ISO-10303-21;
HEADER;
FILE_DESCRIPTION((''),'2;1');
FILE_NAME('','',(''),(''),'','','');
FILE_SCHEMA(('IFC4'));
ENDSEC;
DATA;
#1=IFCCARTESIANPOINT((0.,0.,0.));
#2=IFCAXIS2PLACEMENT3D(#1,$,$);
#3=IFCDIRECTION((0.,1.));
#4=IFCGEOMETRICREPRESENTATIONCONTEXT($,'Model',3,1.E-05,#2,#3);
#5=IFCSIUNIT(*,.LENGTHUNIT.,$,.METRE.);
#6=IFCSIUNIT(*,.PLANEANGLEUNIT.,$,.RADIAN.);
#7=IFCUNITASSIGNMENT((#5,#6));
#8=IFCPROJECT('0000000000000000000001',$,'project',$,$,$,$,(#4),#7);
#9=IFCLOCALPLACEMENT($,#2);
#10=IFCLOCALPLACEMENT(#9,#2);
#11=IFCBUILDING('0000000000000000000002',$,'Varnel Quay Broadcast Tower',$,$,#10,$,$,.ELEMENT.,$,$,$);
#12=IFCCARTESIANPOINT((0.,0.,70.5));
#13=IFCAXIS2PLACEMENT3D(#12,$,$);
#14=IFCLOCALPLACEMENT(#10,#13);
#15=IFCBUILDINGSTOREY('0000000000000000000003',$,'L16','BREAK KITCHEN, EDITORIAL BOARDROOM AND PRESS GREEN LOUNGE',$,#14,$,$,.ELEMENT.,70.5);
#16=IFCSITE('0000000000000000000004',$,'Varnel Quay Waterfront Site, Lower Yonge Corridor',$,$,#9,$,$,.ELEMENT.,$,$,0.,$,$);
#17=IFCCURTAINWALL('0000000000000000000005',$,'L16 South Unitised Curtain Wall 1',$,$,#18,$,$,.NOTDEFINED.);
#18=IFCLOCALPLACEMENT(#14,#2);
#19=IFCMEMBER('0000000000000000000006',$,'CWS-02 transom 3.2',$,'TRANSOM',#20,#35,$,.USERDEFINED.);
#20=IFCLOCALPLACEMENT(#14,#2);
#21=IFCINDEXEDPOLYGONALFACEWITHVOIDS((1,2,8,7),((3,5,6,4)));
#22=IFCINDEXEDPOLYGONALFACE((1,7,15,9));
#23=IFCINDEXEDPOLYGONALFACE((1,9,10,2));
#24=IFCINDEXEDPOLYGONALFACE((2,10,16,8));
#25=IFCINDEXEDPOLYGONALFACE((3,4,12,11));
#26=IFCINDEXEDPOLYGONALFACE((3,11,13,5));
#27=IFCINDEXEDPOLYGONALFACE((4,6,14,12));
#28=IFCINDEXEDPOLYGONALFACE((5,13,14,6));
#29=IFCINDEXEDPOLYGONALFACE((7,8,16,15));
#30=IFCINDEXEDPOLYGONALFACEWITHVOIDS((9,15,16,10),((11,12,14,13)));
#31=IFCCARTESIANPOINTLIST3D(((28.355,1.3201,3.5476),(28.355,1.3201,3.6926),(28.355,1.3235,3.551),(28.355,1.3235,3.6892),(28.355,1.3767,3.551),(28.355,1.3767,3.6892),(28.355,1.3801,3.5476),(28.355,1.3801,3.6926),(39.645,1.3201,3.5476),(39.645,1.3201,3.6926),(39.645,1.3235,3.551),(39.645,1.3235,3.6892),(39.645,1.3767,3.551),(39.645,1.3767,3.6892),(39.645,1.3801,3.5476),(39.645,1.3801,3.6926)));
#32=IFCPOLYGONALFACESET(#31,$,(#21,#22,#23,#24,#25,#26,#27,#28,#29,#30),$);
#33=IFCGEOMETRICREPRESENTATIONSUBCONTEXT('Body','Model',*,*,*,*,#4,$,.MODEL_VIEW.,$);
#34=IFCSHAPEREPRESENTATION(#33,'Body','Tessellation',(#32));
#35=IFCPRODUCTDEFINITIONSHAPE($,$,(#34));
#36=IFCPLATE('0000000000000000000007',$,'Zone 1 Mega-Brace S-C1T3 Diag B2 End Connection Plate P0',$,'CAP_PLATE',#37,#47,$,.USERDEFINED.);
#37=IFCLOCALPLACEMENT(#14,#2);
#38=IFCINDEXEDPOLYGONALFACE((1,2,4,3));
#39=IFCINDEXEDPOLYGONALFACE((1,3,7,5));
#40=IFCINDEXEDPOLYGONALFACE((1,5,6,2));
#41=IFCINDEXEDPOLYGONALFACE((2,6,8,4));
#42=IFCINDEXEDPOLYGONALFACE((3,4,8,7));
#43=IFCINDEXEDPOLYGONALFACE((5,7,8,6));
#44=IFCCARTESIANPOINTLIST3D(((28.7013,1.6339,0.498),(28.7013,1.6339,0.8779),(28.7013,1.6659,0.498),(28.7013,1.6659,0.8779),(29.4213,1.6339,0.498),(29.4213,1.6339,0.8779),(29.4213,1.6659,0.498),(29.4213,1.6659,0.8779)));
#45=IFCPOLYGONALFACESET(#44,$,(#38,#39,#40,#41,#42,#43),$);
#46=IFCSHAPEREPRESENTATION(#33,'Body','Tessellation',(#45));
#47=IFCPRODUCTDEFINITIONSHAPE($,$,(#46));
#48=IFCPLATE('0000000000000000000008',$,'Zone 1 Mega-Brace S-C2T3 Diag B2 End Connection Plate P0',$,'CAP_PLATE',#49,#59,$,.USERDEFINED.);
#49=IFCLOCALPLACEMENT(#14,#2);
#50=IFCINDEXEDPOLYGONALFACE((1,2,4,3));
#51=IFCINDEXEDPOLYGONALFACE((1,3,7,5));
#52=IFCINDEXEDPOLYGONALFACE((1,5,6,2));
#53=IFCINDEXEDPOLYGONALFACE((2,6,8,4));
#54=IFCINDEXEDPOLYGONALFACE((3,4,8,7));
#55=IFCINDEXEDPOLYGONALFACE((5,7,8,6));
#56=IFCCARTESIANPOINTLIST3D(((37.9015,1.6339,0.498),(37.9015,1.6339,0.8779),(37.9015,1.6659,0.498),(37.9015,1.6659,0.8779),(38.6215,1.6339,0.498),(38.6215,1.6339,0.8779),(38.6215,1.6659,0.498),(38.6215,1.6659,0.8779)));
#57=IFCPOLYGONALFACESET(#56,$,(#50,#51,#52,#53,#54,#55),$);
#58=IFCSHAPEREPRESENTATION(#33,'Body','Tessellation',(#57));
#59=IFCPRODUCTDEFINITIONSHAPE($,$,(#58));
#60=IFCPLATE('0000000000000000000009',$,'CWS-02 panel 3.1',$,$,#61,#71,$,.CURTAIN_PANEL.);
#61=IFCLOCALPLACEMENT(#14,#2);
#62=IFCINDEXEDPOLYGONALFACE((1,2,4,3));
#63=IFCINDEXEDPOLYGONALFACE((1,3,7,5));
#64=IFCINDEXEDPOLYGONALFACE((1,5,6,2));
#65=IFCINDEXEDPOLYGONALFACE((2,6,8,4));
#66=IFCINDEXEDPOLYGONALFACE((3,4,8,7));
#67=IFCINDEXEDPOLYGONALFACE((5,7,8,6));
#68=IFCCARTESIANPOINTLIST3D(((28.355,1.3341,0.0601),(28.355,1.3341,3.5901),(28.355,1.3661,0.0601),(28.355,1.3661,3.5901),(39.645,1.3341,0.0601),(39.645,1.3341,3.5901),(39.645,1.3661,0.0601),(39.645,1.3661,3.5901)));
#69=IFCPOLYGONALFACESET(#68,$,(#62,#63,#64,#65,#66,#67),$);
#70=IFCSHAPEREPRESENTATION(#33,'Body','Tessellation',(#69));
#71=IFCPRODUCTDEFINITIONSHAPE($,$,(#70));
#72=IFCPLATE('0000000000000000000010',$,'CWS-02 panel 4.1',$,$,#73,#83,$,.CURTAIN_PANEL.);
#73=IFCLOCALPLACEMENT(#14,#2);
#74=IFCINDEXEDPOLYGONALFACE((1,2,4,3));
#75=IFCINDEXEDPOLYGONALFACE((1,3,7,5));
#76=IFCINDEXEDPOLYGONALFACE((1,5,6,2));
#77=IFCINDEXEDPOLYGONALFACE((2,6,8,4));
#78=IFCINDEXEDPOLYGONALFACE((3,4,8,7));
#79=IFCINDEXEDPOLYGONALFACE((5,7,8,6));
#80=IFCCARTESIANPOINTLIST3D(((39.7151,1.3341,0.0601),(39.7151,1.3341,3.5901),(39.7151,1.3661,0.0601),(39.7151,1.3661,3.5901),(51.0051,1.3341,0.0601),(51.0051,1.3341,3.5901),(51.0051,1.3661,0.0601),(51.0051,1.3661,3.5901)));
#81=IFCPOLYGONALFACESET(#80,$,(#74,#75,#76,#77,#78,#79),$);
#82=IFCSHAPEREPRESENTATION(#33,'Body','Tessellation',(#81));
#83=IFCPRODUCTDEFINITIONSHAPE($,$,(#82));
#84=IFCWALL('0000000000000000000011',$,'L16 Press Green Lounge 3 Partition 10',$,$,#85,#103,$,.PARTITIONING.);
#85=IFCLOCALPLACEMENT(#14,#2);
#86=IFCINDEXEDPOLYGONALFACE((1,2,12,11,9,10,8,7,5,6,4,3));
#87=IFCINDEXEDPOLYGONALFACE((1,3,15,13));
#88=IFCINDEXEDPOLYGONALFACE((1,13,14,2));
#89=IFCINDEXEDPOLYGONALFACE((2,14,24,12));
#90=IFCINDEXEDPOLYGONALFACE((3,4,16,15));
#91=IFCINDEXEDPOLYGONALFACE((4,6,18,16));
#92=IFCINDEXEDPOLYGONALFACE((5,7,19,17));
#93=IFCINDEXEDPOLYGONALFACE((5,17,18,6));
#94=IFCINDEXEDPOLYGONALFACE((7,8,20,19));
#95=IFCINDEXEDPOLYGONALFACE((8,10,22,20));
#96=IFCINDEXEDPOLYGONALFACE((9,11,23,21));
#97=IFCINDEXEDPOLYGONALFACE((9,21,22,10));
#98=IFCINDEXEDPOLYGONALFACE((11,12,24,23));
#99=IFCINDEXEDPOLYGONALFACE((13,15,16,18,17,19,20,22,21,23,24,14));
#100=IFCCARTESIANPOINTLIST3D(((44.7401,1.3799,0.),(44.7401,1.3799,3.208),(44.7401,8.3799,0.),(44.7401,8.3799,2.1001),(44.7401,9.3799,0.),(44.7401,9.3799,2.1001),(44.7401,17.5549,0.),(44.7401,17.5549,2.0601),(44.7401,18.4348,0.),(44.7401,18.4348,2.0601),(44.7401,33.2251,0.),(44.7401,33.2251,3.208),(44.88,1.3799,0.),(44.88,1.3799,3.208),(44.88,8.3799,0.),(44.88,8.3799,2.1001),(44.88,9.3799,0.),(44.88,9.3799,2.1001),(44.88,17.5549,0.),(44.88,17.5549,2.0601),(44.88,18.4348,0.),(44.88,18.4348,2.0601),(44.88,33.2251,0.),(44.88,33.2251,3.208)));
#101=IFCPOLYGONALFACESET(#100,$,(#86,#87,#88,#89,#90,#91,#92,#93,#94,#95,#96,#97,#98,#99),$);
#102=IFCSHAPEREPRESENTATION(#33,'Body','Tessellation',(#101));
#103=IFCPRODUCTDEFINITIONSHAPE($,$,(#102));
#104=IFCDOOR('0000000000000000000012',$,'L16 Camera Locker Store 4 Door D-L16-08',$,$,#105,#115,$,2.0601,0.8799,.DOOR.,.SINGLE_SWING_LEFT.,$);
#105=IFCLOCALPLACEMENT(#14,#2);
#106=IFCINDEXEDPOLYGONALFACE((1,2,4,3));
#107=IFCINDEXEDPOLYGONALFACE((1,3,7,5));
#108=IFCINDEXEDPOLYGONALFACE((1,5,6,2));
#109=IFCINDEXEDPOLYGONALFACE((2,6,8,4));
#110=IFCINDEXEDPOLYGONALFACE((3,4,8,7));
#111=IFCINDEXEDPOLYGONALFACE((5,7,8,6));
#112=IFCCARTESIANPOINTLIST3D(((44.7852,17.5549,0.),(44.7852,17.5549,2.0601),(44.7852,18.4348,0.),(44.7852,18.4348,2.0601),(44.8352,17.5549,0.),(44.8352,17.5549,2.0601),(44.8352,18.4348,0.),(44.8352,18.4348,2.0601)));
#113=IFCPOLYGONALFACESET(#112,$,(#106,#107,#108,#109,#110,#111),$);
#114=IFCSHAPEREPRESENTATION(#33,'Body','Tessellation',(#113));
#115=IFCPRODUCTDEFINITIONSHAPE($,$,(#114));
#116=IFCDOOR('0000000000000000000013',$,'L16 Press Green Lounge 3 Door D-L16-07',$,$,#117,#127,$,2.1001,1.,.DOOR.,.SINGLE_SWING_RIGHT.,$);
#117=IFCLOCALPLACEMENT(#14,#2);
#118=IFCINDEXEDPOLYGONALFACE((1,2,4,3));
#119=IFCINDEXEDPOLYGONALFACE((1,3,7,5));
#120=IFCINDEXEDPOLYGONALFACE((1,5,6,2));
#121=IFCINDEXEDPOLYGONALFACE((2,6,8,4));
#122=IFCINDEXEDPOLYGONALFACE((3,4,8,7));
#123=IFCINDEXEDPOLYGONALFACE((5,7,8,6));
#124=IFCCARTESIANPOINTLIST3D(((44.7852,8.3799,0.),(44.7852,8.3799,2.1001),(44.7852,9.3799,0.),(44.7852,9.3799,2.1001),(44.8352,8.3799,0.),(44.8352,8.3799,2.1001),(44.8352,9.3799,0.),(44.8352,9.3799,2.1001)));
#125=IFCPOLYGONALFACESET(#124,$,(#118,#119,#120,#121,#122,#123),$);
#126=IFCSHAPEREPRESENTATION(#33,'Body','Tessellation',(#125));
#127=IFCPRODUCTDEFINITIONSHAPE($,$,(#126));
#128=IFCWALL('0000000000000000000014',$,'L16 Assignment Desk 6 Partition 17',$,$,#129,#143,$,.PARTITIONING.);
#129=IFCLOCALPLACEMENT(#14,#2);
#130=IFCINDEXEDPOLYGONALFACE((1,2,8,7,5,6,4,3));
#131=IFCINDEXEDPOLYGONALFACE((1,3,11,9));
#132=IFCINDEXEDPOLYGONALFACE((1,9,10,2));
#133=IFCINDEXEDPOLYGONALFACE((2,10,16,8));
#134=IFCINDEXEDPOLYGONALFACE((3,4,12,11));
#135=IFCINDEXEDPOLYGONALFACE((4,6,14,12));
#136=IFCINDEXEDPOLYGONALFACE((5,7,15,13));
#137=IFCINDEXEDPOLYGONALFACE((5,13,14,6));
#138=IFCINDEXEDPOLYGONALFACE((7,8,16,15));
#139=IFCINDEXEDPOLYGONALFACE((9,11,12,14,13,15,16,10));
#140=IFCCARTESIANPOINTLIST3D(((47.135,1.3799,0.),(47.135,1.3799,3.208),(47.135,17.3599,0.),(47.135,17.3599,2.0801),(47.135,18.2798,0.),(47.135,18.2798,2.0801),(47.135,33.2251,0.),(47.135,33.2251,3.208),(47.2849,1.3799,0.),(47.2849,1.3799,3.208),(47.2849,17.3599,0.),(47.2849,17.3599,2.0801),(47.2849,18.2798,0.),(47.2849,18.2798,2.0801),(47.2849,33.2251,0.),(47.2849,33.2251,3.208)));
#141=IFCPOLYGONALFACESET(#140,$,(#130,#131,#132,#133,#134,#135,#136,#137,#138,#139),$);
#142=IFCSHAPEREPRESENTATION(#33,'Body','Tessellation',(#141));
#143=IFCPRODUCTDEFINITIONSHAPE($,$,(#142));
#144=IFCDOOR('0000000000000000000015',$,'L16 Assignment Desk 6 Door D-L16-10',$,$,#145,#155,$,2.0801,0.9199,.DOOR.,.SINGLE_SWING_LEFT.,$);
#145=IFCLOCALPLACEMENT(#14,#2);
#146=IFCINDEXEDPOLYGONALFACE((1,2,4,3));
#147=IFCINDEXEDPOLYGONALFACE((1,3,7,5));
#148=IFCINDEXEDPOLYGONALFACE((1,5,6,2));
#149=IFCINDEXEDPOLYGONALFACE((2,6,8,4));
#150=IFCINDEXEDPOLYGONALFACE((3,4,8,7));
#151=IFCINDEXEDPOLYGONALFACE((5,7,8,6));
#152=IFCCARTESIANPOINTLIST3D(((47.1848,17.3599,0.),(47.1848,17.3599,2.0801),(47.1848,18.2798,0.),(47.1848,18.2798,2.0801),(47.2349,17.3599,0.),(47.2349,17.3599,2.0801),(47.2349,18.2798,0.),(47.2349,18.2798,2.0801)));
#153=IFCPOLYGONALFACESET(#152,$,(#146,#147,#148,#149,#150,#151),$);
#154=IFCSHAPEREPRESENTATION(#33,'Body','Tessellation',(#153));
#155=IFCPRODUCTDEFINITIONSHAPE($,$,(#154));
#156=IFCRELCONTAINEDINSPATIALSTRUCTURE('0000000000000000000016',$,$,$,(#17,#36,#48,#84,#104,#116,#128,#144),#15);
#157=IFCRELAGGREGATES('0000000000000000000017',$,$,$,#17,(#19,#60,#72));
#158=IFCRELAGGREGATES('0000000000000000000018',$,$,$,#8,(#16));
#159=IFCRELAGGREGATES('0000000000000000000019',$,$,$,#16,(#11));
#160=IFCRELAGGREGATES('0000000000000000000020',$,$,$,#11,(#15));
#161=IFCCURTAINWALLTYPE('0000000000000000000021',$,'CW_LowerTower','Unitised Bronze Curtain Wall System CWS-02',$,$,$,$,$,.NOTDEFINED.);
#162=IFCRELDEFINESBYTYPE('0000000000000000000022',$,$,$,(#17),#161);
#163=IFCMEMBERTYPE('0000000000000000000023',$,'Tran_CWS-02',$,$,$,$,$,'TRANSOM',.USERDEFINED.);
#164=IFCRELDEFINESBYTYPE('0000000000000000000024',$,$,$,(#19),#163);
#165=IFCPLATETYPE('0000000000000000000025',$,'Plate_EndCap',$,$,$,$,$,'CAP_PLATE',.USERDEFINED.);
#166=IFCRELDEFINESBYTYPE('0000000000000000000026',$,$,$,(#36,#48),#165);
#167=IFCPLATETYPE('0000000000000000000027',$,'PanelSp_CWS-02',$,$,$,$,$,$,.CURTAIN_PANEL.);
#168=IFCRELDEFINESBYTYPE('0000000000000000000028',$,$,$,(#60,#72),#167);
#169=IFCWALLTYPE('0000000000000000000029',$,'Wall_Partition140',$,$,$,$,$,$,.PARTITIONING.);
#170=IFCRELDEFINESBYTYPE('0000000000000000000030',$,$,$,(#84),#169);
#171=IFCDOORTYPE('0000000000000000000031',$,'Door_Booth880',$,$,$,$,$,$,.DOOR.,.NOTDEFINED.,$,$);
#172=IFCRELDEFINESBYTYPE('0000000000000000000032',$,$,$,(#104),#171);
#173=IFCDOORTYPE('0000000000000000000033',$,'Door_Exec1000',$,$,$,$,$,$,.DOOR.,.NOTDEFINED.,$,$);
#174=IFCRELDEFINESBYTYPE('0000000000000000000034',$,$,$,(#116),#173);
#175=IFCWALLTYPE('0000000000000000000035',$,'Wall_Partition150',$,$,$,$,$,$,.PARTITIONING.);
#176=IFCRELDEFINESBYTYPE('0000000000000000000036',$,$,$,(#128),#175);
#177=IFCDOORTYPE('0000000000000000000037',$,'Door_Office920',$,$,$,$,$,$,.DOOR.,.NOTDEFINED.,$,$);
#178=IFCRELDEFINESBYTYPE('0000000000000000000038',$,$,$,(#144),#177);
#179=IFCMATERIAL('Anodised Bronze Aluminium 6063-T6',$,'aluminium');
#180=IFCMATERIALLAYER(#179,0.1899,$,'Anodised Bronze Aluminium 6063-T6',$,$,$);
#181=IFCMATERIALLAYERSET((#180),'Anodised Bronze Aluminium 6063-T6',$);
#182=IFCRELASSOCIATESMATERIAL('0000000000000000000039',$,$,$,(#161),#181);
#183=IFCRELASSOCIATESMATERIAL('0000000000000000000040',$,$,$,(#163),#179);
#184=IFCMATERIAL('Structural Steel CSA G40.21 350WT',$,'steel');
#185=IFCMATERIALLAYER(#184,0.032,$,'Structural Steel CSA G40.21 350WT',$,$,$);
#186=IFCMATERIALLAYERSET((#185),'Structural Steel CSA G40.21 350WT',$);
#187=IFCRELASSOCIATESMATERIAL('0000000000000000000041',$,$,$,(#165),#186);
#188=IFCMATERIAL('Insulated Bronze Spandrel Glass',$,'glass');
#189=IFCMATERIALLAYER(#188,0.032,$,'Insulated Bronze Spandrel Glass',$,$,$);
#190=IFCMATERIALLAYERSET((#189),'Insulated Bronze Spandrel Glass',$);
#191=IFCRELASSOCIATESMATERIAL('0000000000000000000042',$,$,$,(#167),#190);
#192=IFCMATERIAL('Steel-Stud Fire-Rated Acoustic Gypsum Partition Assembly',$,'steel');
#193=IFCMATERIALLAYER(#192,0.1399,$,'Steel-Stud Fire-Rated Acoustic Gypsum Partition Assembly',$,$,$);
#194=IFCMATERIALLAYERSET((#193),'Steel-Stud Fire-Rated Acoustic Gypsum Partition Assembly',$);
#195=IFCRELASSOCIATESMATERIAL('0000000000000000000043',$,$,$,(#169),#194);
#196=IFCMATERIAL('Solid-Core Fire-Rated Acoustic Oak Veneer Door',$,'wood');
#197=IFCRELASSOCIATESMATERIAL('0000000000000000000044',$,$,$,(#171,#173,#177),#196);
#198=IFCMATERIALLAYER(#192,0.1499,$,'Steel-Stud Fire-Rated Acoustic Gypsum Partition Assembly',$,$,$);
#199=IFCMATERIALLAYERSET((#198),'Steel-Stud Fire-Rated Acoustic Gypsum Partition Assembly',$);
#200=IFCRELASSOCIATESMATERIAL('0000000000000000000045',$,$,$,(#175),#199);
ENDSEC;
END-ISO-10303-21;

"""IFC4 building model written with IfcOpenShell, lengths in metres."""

from ifc_helpers import new_model, si_unit, direction, frame, frame_2d, origin, origin_2d, place, context, subcontext, project, spatial, rectangle, hollow_rectangle, extrude, source, transform, mapped, material, layer, layer_set, material_profile, profile_set, type_object, type_shapes, element, fill, aggregate, save


model = new_model("IFC4")

# Units and contexts
model_context = context("Model", 3, precision=1e-05, world=origin(), true_north=direction((0.0, 1.0)))
body_context = subcontext(model_context, "Body", "Model", "MODEL_VIEW")
ifc_project = project(units=[si_unit("LENGTHUNIT", "METRE"), si_unit("PLANEANGLEUNIT", "RADIAN")], contexts=[model_context])

# Site, building, storey
site_placement = place(None, origin())
site = spatial("IfcSite", under=ifc_project, at=site_placement, Name="Varnel Quay Waterfront Site, Lower Yonge Corridor", CompositionType="ELEMENT", RefElevation=0.0)
building_placement = place(site_placement, origin())
building = spatial("IfcBuilding", under=site, at=building_placement, Name="Varnel Quay Broadcast Tower", CompositionType="ELEMENT")
storey_placement = place(building_placement, frame((0.0, 0.0, 70.5)))
storey = spatial("IfcBuildingStorey", under=building, at=storey_placement, Name="L16", Description="BREAK KITCHEN, EDITORIAL BOARDROOM AND PRESS GREEN LOUNGE", CompositionType="ELEMENT", Elevation=70.5)

# Curtain wall, member
ifc_material_1 = material(Name="Anodised Bronze Aluminium 6063-T6", Category="aluminium")
ifc_layer_1 = layer(ifc_material_1, 0.1899, Name="Anodised Bronze Aluminium 6063-T6")
ifc_layer_set_1 = layer_set([ifc_layer_1], Name="Anodised Bronze Aluminium 6063-T6")
curtain_wall_type = type_object("IfcCurtainWallType", Name="CW_LowerTower", Description="Unitised Bronze Curtain Wall System CWS-02", PredefinedType="NOTDEFINED", material=ifc_layer_set_1)
curtain_wall_placement = place(storey_placement, origin())
curtain_wall = element("IfcCurtainWall", 1, at=curtain_wall_placement, inside=storey, type_object=curtain_wall_type, Name="L16 South Unitised Curtain Wall 1", PredefinedType="NOTDEFINED")
ifc_material_profile_1 = material_profile(ifc_material_1, hollow_rectangle(XDim=0.0601, YDim=0.145, WallThickness=0.0034, at=origin_2d()), Name="ALU60X145X3.5")
ifc_profile_set_1 = profile_set([ifc_material_profile_1], Name="Anodised Bronze Aluminium 6063-T6")
member_type_1 = type_object("IfcMemberType", Name="Tran_CWS-02", ElementType="TRANSOM", PredefinedType="USERDEFINED", material=ifc_profile_set_1)
shared_shape_1 = source(origin(), body_context, "Body", "SweptSolid", [
    extrude(hollow_rectangle(XDim=0.0601, YDim=0.145, WallThickness=0.0034, at=origin_2d()), origin(), (0.0, 0.0, 1.0), 11.29),
])
member_1_placement = place(storey_placement, frame((28.355, 1.3501, 3.6201), z_axis=(1.0, 0.0, 0.0), x_axis=(0.0, 1.0, 0.0)))
member_1 = element("IfcMember", 2, at=member_1_placement, type_object=member_type_1, Name="CWS-02 transom 3.2", ObjectType="TRANSOM", PredefinedType="USERDEFINED", context=body_context, shape_type="MappedRepresentation", body=[
    mapped(shared_shape_1, transform((0.0, 0.0, 0.0), x_axis=(1.0, 0.0, 0.0), y_axis=(0.0, 1.0, 0.0), z_axis=(0.0, 0.0, 1.0), scale=1.0)),
])

# Plates
ifc_material_2 = material(Name="Structural Steel CSA G40.21 350WT", Category="steel")
ifc_layer_2 = layer(ifc_material_2, 0.032, Name="Structural Steel CSA G40.21 350WT")
ifc_layer_set_2 = layer_set([ifc_layer_2], Name="Structural Steel CSA G40.21 350WT")
plate_type_1 = type_object("IfcPlateType", Name="Plate_EndCap", ElementType="CAP_PLATE", PredefinedType="USERDEFINED", material=ifc_layer_set_2)
shared_shape_2 = source(origin(), body_context, "Body", "SweptSolid", [
    extrude(rectangle(XDim=0.72, YDim=0.032, at=origin_2d()), origin(), (0.0, 0.0, 1.0), 0.3799),
])
type_shapes(plate_type_1, [shared_shape_2])
for number, where, z_axis, x_axis, name in (
    (3, (29.0613, 1.6499, 0.498), (0.0, 0.0, 1.0), (1.0, 0.0, 0.0), "Zone 1 Mega-Brace S-C1T3 Diag B2 End Connection Plate P0"),
    (4, (38.2615, 1.6499, 0.498), (0.0, 0.0, 1.0), (1.0, 0.0, 0.0), "Zone 1 Mega-Brace S-C2T3 Diag B2 End Connection Plate P0"),
):
    element("IfcPlate", number, at=place(storey_placement, frame(where, z_axis=z_axis, x_axis=x_axis)), inside=storey, type_object=plate_type_1, Name=name, ObjectType="CAP_PLATE", PredefinedType="USERDEFINED", context=body_context, shape_type="MappedRepresentation", body=[
        mapped(shared_shape_2, transform((0.0, 0.0, 0.0), x_axis=(1.0, 0.0, 0.0), y_axis=(0.0, 1.0, 0.0), z_axis=(0.0, 0.0, 1.0), scale=1.0)),
    ])

# Plates
ifc_material_3 = material(Name="Insulated Bronze Spandrel Glass", Category="glass")
ifc_layer_3 = layer(ifc_material_3, 0.032, Name="Insulated Bronze Spandrel Glass")
ifc_layer_set_3 = layer_set([ifc_layer_3], Name="Insulated Bronze Spandrel Glass")
plate_type_2 = type_object("IfcPlateType", Name="PanelSp_CWS-02", PredefinedType="CURTAIN_PANEL", material=ifc_layer_set_3)
shared_shape_3 = source(origin(), body_context, "Body", "SweptSolid", [
    extrude(rectangle(XDim=11.29, YDim=0.032, at=origin_2d()), origin(), (0.0, 0.0, 1.0), 3.53),
])
type_shapes(plate_type_2, [shared_shape_3])
plate_1_placement = place(storey_placement, frame((34.0, 1.3501, 0.0601), z_axis=(0.0, 0.0, 1.0), x_axis=(1.0, 0.0, 0.0)))
plate_1 = element("IfcPlate", 5, at=plate_1_placement, type_object=plate_type_2, Name="CWS-02 panel 3.1", PredefinedType="CURTAIN_PANEL", context=body_context, shape_type="MappedRepresentation", body=[
    mapped(shared_shape_3, transform((0.0, 0.0, 0.0), x_axis=(1.0, 0.0, 0.0), y_axis=(0.0, 1.0, 0.0), z_axis=(0.0, 0.0, 1.0), scale=1.0)),
])
plate_2_placement = place(storey_placement, frame((45.3601, 1.3501, 0.0601), z_axis=(0.0, 0.0, 1.0), x_axis=(1.0, 0.0, 0.0)))
plate_2 = element("IfcPlate", 6, at=plate_2_placement, type_object=plate_type_2, Name="CWS-02 panel 4.1", PredefinedType="CURTAIN_PANEL", context=body_context, shape_type="MappedRepresentation", body=[
    mapped(shared_shape_3, transform((0.0, 0.0, 0.0), x_axis=(1.0, 0.0, 0.0), y_axis=(0.0, 1.0, 0.0), z_axis=(0.0, 0.0, 1.0), scale=1.0)),
])
aggregate(curtain_wall, [member_1, plate_1, plate_2])

# Wall, openings, doors
ifc_material_4 = material(Name="Steel-Stud Fire-Rated Acoustic Gypsum Partition Assembly", Category="steel")
ifc_layer_4 = layer(ifc_material_4, 0.1399, Name="Steel-Stud Fire-Rated Acoustic Gypsum Partition Assembly")
ifc_layer_set_4 = layer_set([ifc_layer_4], Name="Steel-Stud Fire-Rated Acoustic Gypsum Partition Assembly")
wall_type_1 = type_object("IfcWallType", Name="Wall_Partition140", PredefinedType="PARTITIONING", material=ifc_layer_set_4)
wall_1_placement = place(storey_placement, frame((44.8101, 1.3799, 0.0), z_axis=(0.0, 0.0, 1.0), x_axis=(0.0, 1.0, 0.0)))
wall_1 = element("IfcWall", 7, at=wall_1_placement, inside=storey, type_object=wall_type_1, Name="L16 Press Green Lounge 3 Partition 10", PredefinedType="PARTITIONING", context=body_context, shape_type="SweptSolid", body=[
    extrude(rectangle(XDim=31.8452, YDim=0.1399, at=frame_2d((15.9226, 0.0))), origin(), (0.0, 0.0, 1.0), 3.208),
])
opening_1_placement = place(wall_1_placement, frame((7.0, 0.0, 0.0)))
opening_1 = element("IfcOpeningElement", 8, at=opening_1_placement, cuts=wall_1, PredefinedType="OPENING", context=body_context, shape_type="SweptSolid", body=[
    extrude(rectangle(XDim=1.0, YDim=2.1001, at=frame_2d((0.5, 1.05))), frame((0.0, 0.0801, 0.0), z_axis=(0.0, -1.0, 0.0), x_axis=(1.0, 0.0, 0.0)), (0.0, 0.0, 1.0), 0.1599),
])
opening_2_placement = place(wall_1_placement, frame((16.175, 0.0, 0.0)))
opening_2 = element("IfcOpeningElement", 9, at=opening_2_placement, cuts=wall_1, PredefinedType="OPENING", context=body_context, shape_type="SweptSolid", body=[
    extrude(rectangle(XDim=0.8799, YDim=2.0601, at=frame_2d((0.4399, 1.03))), frame((0.0, 0.0801, 0.0), z_axis=(0.0, -1.0, 0.0), x_axis=(1.0, 0.0, 0.0)), (0.0, 0.0, 1.0), 0.1599),
])
ifc_material_5 = material(Name="Solid-Core Fire-Rated Acoustic Oak Veneer Door", Category="wood")
door_type_1 = type_object("IfcDoorType", Name="Door_Booth880", OperationType="NOTDEFINED", PredefinedType="DOOR", material=ifc_material_5)
shared_shape_4 = source(origin(), body_context, "Body", "SweptSolid", [
    extrude(rectangle(XDim=0.8799, YDim=2.0601, at=frame_2d((0.4399, 1.03))), frame((0.0, 0.0249, 0.0), z_axis=(0.0, -1.0, 0.0), x_axis=(1.0, 0.0, 0.0)), (0.0, 0.0, 1.0), 0.05),
])
type_shapes(door_type_1, [shared_shape_4])
door_1_placement = place(opening_2_placement, origin())
door_1 = element("IfcDoor", 10, at=door_1_placement, inside=storey, type_object=door_type_1, Name="L16 Camera Locker Store 4 Door D-L16-08", OperationType="SINGLE_SWING_LEFT", OverallHeight=2.0601, OverallWidth=0.8799, PredefinedType="DOOR", context=body_context, shape_type="MappedRepresentation", body=[
    mapped(shared_shape_4, transform((0.0, 0.0, 0.0), x_axis=(1.0, 0.0, 0.0), y_axis=(0.0, 1.0, 0.0), z_axis=(0.0, 0.0, 1.0), scale=1.0)),
])
fill(opening_2, door_1)
door_type_2 = type_object("IfcDoorType", Name="Door_Exec1000", OperationType="NOTDEFINED", PredefinedType="DOOR", material=ifc_material_5)
shared_shape_5 = source(origin(), body_context, "Body", "SweptSolid", [
    extrude(rectangle(XDim=1.0, YDim=2.1001, at=frame_2d((0.5, 1.05))), frame((0.0, 0.0249, 0.0), z_axis=(0.0, -1.0, 0.0), x_axis=(1.0, 0.0, 0.0)), (0.0, 0.0, 1.0), 0.05),
])
type_shapes(door_type_2, [shared_shape_5])
door_2_placement = place(opening_1_placement, origin())
door_2 = element("IfcDoor", 11, at=door_2_placement, inside=storey, type_object=door_type_2, Name="L16 Press Green Lounge 3 Door D-L16-07", OperationType="SINGLE_SWING_RIGHT", OverallHeight=2.1001, OverallWidth=1.0, PredefinedType="DOOR", context=body_context, shape_type="MappedRepresentation", body=[
    mapped(shared_shape_5, transform((0.0, 0.0, 0.0), x_axis=(1.0, 0.0, 0.0), y_axis=(0.0, 1.0, 0.0), z_axis=(0.0, 0.0, 1.0), scale=1.0)),
])
fill(opening_1, door_2)

# Wall, opening, door
ifc_layer_5 = layer(ifc_material_4, 0.1499, Name="Steel-Stud Fire-Rated Acoustic Gypsum Partition Assembly")
ifc_layer_set_5 = layer_set([ifc_layer_5], Name="Steel-Stud Fire-Rated Acoustic Gypsum Partition Assembly")
wall_type_2 = type_object("IfcWallType", Name="Wall_Partition150", PredefinedType="PARTITIONING", material=ifc_layer_set_5)
wall_2_placement = place(storey_placement, frame((47.21, 1.3799, 0.0), z_axis=(0.0, 0.0, 1.0), x_axis=(0.0, 1.0, 0.0)))
wall_2 = element("IfcWall", 12, at=wall_2_placement, inside=storey, type_object=wall_type_2, Name="L16 Assignment Desk 6 Partition 17", PredefinedType="PARTITIONING", context=body_context, shape_type="SweptSolid", body=[
    extrude(rectangle(XDim=31.8452, YDim=0.1499, at=frame_2d((15.9226, 0.0))), origin(), (0.0, 0.0, 1.0), 3.208),
])
opening_3_placement = place(wall_2_placement, frame((15.98, 0.0, 0.0)))
opening_3 = element("IfcOpeningElement", 13, at=opening_3_placement, cuts=wall_2, PredefinedType="OPENING", context=body_context, shape_type="SweptSolid", body=[
    extrude(rectangle(XDim=0.9199, YDim=2.0801, at=frame_2d((0.46, 1.04))), frame((0.0, 0.085, 0.0), z_axis=(0.0, -1.0, 0.0), x_axis=(1.0, 0.0, 0.0)), (0.0, 0.0, 1.0), 0.1699),
])
door_type_3 = type_object("IfcDoorType", Name="Door_Office920", OperationType="NOTDEFINED", PredefinedType="DOOR", material=ifc_material_5)
shared_shape_6 = source(origin(), body_context, "Body", "SweptSolid", [
    extrude(rectangle(XDim=0.9199, YDim=2.0801, at=frame_2d((0.46, 1.04))), frame((0.0, 0.0249, 0.0), z_axis=(0.0, -1.0, 0.0), x_axis=(1.0, 0.0, 0.0)), (0.0, 0.0, 1.0), 0.05),
])
type_shapes(door_type_3, [shared_shape_6])
door_3_placement = place(opening_3_placement, frame((0.9199, 0.0, 0.0), z_axis=(0.0, 0.0, 1.0), x_axis=(-1.0, 0.0, 0.0)))
door_3 = element("IfcDoor", 14, at=door_3_placement, inside=storey, type_object=door_type_3, Name="L16 Assignment Desk 6 Door D-L16-10", OperationType="SINGLE_SWING_LEFT", OverallHeight=2.0801, OverallWidth=0.9199, PredefinedType="DOOR", context=body_context, shape_type="MappedRepresentation", body=[
    mapped(shared_shape_6, transform((0.0, 0.0, 0.0), x_axis=(1.0, 0.0, 0.0), y_axis=(0.0, 1.0, 0.0), z_axis=(0.0, 0.0, 1.0), scale=1.0)),
])
fill(opening_3, door_3)

save(model, "model.ifc")
